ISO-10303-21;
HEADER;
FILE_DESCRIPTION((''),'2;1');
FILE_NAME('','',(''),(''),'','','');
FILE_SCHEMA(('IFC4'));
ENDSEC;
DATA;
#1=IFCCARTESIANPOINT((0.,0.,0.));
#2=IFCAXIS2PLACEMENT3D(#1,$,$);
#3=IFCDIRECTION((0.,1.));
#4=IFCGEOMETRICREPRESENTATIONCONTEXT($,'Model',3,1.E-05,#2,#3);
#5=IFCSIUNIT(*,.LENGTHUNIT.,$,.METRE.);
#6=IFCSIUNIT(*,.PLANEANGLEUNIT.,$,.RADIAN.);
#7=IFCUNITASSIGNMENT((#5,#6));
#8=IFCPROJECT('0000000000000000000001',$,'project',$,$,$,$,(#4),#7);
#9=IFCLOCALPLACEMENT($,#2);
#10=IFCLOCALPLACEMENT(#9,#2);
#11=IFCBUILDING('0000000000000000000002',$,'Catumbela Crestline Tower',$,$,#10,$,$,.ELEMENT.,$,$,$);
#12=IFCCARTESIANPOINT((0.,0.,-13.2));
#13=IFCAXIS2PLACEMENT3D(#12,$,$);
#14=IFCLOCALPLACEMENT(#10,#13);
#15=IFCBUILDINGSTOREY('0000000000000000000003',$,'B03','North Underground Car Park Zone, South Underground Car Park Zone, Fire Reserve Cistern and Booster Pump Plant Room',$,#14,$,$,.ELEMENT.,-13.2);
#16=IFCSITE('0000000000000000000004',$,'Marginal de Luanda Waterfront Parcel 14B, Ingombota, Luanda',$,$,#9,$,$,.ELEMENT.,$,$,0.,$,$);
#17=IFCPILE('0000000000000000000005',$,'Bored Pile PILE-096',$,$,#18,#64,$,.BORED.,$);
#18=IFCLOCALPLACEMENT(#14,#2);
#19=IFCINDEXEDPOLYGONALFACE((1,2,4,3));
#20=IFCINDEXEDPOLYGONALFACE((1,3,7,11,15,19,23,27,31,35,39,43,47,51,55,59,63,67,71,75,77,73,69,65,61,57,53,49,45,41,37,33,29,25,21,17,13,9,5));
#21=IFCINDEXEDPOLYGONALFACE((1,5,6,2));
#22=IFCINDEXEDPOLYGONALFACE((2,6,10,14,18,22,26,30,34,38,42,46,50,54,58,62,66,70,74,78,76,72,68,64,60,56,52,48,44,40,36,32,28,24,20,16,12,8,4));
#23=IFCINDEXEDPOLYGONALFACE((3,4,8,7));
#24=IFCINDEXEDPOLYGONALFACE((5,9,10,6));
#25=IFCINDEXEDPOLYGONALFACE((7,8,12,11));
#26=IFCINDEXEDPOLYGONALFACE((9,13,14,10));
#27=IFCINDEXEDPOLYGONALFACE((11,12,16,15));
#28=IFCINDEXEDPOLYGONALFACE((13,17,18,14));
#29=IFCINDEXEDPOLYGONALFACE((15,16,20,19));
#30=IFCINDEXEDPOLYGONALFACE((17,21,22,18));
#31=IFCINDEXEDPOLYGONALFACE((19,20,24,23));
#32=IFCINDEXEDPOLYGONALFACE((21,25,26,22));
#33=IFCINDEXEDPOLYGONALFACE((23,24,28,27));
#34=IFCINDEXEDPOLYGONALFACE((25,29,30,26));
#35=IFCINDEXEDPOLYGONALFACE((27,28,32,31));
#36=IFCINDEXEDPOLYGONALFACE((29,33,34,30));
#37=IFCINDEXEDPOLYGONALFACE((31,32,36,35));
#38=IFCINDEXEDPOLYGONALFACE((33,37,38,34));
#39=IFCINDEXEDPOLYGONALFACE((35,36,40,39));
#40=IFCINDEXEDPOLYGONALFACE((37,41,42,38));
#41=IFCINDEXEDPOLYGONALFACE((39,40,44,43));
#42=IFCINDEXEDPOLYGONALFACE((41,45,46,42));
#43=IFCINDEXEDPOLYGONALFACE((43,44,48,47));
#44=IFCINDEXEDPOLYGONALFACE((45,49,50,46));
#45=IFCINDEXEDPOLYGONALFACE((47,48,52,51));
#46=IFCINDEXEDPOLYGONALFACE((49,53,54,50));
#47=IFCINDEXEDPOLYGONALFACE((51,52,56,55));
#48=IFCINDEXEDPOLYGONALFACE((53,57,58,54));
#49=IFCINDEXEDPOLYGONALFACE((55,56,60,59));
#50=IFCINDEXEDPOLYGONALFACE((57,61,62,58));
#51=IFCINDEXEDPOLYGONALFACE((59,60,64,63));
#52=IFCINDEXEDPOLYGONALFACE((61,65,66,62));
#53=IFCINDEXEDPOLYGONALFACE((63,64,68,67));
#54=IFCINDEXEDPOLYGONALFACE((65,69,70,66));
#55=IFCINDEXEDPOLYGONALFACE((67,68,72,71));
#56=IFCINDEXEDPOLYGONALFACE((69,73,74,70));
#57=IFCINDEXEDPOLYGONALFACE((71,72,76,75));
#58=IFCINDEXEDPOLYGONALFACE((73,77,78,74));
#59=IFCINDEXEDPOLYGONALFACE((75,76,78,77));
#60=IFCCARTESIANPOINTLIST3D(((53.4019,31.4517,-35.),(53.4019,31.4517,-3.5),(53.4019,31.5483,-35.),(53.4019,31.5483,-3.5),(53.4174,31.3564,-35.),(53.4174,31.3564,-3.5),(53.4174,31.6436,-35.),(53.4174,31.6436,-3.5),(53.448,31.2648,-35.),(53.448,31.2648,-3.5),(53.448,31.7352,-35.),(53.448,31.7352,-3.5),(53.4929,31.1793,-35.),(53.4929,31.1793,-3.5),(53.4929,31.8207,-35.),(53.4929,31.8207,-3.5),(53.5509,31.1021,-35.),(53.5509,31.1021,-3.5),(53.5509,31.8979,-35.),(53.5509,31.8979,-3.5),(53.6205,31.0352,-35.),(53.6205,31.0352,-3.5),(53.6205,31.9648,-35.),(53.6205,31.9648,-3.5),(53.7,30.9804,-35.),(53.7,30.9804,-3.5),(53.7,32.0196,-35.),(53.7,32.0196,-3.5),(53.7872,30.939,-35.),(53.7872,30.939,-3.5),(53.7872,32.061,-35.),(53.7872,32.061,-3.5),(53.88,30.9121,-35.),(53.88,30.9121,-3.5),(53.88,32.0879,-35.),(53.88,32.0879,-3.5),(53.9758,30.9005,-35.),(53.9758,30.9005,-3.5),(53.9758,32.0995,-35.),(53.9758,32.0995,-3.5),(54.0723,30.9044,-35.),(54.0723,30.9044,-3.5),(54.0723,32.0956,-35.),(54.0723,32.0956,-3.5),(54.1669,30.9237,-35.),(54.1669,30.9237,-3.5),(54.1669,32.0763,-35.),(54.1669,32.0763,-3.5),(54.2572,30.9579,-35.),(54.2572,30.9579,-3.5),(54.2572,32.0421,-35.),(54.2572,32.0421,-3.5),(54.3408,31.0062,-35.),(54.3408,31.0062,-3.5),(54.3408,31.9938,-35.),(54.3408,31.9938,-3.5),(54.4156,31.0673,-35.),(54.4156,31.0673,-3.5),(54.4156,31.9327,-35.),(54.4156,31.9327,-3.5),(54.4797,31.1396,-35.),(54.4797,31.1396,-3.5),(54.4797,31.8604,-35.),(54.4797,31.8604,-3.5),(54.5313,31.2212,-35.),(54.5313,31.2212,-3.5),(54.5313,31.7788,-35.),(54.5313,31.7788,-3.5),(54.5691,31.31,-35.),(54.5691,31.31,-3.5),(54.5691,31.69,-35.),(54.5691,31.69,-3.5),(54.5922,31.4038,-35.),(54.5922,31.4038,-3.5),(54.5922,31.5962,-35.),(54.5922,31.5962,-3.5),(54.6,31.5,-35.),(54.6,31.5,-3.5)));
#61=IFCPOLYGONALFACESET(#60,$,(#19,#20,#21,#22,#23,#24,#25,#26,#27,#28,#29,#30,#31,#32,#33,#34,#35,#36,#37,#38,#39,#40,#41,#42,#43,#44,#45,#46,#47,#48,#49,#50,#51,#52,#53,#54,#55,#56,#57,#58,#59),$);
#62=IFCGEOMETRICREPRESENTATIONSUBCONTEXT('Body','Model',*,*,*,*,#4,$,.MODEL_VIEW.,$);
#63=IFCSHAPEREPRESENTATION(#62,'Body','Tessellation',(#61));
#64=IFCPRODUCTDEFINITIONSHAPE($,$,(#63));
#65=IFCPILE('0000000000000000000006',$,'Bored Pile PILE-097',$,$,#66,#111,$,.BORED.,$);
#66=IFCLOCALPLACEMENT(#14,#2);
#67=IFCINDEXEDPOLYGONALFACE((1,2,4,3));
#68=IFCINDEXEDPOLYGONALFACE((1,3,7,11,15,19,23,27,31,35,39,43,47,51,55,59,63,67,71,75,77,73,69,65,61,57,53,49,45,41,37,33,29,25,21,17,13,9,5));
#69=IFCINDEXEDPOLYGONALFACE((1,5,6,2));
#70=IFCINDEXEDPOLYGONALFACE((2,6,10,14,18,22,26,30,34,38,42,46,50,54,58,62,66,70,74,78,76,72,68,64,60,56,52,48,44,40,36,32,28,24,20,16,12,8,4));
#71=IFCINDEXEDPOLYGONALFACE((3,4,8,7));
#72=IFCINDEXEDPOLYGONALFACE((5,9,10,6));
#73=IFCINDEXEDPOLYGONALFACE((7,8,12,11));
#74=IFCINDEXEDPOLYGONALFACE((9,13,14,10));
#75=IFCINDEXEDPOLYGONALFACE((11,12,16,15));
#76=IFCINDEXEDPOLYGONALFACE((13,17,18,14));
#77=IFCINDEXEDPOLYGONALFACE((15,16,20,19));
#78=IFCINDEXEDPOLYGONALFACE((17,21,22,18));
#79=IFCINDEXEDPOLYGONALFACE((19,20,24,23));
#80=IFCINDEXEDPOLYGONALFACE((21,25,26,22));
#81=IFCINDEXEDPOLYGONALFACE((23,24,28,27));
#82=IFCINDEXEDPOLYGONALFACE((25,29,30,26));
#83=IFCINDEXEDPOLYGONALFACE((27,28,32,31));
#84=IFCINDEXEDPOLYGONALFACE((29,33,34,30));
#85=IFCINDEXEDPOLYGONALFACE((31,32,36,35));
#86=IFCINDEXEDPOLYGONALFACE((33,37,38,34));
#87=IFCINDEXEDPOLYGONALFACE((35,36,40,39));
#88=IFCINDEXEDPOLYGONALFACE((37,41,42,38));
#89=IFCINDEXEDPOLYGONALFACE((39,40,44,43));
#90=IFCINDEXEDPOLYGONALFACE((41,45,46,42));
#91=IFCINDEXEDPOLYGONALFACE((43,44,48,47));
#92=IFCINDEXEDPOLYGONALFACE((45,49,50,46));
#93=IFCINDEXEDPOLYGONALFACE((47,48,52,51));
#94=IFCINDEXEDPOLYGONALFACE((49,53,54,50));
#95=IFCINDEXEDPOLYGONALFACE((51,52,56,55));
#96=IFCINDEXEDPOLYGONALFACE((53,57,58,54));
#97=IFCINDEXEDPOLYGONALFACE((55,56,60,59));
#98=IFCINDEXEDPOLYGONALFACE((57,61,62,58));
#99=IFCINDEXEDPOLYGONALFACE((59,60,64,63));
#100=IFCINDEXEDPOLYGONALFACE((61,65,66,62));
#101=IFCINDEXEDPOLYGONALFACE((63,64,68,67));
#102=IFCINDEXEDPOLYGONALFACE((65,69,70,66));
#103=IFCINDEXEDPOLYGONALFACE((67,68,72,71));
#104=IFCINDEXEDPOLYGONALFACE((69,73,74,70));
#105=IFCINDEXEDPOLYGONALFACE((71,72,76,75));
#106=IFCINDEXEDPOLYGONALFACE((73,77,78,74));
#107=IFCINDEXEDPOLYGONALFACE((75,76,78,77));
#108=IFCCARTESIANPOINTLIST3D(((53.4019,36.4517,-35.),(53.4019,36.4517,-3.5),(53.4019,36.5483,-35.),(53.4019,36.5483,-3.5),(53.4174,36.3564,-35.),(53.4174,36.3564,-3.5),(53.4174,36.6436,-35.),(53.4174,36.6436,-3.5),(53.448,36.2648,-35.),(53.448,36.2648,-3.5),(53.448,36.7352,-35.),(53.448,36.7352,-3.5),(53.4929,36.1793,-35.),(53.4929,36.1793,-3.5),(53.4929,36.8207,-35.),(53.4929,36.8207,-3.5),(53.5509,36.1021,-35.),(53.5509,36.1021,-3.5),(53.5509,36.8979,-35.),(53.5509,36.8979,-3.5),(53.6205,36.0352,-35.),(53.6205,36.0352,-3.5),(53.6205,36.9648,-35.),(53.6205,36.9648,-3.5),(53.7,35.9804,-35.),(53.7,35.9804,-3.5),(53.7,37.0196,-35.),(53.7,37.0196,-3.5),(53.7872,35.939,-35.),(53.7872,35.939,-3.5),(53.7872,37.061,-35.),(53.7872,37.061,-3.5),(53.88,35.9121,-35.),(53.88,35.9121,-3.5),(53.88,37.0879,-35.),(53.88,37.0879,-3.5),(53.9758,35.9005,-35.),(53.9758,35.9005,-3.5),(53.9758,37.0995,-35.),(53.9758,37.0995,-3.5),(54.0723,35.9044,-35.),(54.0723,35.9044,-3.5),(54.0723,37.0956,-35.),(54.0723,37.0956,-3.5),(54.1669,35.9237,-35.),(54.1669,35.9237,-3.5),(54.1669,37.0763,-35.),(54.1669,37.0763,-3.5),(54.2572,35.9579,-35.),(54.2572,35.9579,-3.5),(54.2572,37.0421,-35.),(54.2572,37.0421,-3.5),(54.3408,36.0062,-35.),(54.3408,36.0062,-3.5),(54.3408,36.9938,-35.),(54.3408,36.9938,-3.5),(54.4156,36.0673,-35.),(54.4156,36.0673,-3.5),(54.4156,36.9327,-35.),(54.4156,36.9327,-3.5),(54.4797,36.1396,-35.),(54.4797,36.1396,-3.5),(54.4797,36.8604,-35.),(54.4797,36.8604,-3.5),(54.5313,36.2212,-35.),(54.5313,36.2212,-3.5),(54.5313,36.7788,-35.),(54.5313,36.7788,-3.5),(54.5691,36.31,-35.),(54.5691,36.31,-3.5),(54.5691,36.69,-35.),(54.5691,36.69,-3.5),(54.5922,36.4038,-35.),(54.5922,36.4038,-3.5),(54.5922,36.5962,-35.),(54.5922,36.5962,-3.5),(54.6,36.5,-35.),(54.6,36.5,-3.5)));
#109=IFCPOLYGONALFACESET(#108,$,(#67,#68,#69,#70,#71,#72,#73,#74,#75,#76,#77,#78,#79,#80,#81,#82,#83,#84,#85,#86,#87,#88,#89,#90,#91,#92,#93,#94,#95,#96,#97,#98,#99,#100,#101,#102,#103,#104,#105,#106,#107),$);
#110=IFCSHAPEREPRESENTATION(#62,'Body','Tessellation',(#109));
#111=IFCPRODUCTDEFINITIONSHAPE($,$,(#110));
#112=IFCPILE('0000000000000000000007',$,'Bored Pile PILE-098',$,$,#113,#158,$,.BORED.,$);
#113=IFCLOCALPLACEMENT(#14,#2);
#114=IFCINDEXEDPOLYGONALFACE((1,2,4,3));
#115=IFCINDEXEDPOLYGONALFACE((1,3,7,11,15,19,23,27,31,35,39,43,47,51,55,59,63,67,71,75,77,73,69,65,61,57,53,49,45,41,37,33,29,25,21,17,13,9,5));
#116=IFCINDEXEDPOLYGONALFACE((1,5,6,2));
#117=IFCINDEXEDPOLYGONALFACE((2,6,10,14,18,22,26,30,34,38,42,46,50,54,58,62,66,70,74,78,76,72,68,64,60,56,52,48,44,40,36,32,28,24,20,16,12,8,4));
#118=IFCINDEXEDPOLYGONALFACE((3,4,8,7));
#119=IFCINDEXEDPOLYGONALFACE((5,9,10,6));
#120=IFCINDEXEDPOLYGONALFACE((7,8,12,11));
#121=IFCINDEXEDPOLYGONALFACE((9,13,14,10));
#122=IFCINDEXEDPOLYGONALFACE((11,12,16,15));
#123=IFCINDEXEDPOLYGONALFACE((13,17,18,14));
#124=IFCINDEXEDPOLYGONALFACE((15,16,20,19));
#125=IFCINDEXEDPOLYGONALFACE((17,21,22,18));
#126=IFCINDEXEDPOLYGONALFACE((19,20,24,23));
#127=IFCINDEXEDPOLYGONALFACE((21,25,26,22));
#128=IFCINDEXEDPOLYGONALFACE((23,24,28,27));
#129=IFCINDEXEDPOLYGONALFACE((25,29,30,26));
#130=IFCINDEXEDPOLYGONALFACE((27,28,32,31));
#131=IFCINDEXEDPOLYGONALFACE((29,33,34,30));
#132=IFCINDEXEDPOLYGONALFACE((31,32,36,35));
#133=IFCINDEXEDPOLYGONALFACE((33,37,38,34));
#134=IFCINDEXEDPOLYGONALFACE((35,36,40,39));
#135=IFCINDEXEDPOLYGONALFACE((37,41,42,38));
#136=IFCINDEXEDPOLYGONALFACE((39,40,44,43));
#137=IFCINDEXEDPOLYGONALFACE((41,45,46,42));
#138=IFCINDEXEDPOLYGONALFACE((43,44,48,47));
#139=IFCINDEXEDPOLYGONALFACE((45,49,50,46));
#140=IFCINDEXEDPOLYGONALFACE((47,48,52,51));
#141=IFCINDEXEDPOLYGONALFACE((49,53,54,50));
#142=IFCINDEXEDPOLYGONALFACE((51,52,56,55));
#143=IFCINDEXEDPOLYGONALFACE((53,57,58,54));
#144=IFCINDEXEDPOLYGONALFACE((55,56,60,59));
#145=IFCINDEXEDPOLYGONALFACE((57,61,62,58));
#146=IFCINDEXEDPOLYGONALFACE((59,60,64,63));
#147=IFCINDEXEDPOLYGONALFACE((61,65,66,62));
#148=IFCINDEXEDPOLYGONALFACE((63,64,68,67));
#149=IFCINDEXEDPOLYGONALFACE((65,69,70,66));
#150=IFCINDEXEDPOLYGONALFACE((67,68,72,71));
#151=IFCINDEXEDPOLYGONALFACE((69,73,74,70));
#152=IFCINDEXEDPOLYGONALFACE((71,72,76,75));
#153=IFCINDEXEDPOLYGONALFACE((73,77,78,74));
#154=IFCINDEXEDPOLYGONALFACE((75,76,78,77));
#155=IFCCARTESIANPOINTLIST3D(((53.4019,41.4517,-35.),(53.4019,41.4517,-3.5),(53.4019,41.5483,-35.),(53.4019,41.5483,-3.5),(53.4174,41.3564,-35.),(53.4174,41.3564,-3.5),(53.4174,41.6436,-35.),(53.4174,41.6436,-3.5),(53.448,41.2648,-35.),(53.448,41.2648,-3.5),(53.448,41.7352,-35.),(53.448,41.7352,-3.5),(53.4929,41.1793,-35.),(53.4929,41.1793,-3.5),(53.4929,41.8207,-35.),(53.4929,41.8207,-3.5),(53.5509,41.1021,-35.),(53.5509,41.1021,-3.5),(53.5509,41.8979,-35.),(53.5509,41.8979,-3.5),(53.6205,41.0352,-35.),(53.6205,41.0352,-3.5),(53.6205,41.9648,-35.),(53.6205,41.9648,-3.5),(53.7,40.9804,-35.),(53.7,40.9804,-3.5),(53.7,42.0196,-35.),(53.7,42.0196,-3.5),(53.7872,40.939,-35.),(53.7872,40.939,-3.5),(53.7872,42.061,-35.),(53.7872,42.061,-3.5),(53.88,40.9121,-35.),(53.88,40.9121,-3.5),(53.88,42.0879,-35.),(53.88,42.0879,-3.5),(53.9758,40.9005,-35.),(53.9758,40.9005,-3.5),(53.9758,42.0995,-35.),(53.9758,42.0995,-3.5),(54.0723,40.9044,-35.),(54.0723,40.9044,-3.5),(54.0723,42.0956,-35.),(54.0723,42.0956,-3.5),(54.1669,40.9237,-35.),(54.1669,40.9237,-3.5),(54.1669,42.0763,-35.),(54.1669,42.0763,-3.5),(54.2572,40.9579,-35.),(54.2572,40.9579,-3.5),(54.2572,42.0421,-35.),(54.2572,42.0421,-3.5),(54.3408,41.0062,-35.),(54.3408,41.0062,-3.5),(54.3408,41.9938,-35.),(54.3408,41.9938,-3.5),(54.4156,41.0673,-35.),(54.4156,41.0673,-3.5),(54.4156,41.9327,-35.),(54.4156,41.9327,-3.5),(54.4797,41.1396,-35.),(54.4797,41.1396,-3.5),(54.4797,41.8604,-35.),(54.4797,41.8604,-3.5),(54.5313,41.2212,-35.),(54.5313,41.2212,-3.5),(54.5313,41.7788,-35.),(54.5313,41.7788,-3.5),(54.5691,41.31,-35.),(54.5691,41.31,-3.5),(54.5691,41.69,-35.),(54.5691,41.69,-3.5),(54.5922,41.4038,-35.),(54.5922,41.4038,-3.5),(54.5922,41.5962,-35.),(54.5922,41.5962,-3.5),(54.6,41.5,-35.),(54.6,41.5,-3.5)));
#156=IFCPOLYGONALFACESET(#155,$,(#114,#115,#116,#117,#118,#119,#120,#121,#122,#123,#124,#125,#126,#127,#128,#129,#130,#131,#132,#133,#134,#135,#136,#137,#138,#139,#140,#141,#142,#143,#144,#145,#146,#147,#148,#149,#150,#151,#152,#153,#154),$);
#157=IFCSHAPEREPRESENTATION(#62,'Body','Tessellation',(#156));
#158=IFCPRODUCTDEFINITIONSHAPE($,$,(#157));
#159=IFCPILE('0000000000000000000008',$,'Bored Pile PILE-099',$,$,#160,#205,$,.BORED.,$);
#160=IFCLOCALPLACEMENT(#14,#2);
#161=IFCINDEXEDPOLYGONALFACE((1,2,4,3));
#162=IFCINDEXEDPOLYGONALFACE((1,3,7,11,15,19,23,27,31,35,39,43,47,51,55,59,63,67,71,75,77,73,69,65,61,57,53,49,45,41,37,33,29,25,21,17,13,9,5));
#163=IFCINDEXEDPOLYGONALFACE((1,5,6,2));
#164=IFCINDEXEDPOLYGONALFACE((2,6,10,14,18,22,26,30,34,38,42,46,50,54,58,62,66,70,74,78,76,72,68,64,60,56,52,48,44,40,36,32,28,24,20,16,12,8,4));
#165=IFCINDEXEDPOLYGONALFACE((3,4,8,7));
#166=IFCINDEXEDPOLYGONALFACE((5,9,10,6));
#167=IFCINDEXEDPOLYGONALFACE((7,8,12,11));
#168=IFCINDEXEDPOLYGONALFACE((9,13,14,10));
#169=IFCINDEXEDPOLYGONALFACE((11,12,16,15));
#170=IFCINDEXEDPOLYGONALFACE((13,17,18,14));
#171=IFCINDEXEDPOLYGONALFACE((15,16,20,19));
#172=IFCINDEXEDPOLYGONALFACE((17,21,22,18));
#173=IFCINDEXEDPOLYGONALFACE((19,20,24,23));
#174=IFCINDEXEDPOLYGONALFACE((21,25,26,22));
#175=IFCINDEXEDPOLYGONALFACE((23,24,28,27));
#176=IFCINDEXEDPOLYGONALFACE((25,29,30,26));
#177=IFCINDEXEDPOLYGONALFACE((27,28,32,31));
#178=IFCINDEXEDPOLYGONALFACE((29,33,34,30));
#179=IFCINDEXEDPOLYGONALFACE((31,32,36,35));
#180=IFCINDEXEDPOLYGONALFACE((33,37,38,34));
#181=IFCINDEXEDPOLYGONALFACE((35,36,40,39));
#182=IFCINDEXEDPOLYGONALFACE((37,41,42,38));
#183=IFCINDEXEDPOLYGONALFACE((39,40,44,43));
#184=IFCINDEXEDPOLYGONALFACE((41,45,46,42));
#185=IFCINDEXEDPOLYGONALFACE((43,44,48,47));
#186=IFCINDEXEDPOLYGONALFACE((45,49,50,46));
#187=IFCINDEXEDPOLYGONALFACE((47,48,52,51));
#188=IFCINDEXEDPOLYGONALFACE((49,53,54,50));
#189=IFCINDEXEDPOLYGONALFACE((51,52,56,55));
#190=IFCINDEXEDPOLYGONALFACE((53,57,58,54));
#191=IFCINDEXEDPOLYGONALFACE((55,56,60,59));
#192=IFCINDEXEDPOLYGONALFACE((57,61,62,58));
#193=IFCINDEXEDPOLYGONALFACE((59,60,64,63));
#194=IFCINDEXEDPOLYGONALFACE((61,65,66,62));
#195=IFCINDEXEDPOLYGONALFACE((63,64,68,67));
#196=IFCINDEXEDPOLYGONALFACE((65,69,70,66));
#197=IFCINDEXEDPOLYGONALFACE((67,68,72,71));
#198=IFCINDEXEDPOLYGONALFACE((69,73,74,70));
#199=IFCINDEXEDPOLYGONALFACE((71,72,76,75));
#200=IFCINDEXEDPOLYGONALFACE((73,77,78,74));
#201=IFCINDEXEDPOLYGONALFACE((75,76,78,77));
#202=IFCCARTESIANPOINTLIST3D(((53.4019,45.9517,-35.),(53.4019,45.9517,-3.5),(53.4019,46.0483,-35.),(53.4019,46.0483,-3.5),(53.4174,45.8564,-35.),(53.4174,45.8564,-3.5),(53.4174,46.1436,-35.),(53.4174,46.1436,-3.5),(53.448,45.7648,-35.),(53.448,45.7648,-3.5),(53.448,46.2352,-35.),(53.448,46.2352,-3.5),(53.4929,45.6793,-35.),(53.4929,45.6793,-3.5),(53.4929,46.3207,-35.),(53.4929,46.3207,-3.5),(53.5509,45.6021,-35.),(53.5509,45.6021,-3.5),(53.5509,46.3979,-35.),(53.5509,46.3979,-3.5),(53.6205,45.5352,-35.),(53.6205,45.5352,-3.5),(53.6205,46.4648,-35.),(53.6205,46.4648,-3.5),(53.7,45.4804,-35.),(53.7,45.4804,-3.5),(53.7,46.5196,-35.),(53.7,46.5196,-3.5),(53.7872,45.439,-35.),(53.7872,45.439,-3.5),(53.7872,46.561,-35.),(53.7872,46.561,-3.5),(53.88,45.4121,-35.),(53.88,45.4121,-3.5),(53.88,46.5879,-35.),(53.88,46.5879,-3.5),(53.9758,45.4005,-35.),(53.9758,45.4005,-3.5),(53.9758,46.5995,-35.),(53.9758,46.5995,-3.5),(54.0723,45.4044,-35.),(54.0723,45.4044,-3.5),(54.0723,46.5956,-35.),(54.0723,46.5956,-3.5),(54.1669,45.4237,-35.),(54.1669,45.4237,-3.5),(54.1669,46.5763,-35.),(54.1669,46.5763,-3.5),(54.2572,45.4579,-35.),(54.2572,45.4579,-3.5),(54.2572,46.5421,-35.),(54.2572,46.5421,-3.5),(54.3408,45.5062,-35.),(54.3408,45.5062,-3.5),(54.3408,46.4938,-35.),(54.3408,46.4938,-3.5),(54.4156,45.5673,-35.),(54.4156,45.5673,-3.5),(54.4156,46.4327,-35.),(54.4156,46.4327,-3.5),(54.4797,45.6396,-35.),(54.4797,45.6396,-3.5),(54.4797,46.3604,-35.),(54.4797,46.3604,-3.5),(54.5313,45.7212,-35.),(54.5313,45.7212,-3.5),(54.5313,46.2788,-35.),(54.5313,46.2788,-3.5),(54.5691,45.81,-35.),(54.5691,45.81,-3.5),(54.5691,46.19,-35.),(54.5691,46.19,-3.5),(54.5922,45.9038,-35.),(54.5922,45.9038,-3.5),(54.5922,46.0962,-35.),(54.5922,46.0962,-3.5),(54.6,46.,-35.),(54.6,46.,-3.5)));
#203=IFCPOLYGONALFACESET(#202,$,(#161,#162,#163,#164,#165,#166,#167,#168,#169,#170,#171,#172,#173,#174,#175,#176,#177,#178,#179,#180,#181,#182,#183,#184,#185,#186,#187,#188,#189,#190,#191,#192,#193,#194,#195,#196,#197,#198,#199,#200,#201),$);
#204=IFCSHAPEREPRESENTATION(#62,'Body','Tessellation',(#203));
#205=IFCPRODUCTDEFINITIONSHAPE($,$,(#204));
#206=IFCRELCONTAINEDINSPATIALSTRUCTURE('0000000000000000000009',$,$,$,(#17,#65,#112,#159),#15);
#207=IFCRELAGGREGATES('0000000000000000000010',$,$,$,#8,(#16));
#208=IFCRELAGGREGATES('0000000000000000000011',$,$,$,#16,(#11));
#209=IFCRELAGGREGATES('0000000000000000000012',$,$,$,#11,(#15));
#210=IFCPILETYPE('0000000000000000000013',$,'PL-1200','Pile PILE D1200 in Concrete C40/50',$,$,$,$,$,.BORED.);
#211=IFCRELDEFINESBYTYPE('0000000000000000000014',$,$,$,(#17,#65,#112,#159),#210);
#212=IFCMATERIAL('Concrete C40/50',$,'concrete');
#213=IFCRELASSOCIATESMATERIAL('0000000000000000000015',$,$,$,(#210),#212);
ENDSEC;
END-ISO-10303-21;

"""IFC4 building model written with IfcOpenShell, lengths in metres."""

from ifc_helpers import new_model, si_unit, direction, frame, origin, origin_2d, place, context, subcontext, project, spatial, circle, extrude, material, material_profile, profile_set, type_object, element, save


model = new_model("IFC4")

# Units and contexts
model_context = context("Model", 3, precision=1e-05, world=origin(), true_north=direction((0.0, 1.0)))
body_context = subcontext(model_context, "Body", "Model", "MODEL_VIEW")
ifc_project = project(units=[si_unit("LENGTHUNIT", "METRE"), si_unit("PLANEANGLEUNIT", "RADIAN")], contexts=[model_context])

# Site, building, storey
site_placement = place(None, origin())
site = spatial("IfcSite", under=ifc_project, at=site_placement, Name="Marginal de Luanda Waterfront Parcel 14B, Ingombota, Luanda", CompositionType="ELEMENT", RefElevation=0.0)
building_placement = place(site_placement, origin())
building = spatial("IfcBuilding", under=site, at=building_placement, Name="Catumbela Crestline Tower", CompositionType="ELEMENT")
storey_placement = place(building_placement, frame((0.0, 0.0, -13.2)))
storey = spatial("IfcBuildingStorey", under=building, at=storey_placement, Name="B03", Description="North Underground Car Park Zone, South Underground Car Park Zone, Fire Reserve Cistern and Booster Pump Plant Room", CompositionType="ELEMENT", Elevation=-13.2)

# Piles
ifc_material_1 = material(Name="Concrete C40/50", Category="concrete")
ifc_material_profile_1 = material_profile(ifc_material_1, circle(Radius=0.6, at=origin_2d()), Name="PILE D1200")
ifc_profile_set_1 = profile_set([ifc_material_profile_1], Name="Concrete C40/50")
pile_type_1 = type_object("IfcPileType", Name="PL-1200", Description="Pile PILE D1200 in Concrete C40/50", PredefinedType="BORED", material=ifc_profile_set_1)
for number, where, z_axis, x_axis, name in (
    (1, (54.0, 31.5, -3.5), (0.0, 0.0, -1.0), (1.0, 0.0, 0.0), "Bored Pile PILE-096"),
    (2, (54.0, 36.5, -3.5), (0.0, 0.0, -1.0), (1.0, 0.0, 0.0), "Bored Pile PILE-097"),
    (3, (54.0, 41.5, -3.5), (0.0, 0.0, -1.0), (1.0, 0.0, 0.0), "Bored Pile PILE-098"),
    (4, (54.0, 46.0, -3.5), (0.0, 0.0, -1.0), (1.0, 0.0, 0.0), "Bored Pile PILE-099"),
):
    element("IfcPile", number, at=place(storey_placement, frame(where, z_axis=z_axis, x_axis=x_axis)), inside=storey, type_object=pile_type_1, Name=name, PredefinedType="BORED", context=body_context, shape_type="SweptSolid", body=[
        extrude(circle(Radius=0.6, at=origin_2d()), origin(), (0.0, 0.0, 1.0), 31.5),
    ])

save(model, "model.ifc")
